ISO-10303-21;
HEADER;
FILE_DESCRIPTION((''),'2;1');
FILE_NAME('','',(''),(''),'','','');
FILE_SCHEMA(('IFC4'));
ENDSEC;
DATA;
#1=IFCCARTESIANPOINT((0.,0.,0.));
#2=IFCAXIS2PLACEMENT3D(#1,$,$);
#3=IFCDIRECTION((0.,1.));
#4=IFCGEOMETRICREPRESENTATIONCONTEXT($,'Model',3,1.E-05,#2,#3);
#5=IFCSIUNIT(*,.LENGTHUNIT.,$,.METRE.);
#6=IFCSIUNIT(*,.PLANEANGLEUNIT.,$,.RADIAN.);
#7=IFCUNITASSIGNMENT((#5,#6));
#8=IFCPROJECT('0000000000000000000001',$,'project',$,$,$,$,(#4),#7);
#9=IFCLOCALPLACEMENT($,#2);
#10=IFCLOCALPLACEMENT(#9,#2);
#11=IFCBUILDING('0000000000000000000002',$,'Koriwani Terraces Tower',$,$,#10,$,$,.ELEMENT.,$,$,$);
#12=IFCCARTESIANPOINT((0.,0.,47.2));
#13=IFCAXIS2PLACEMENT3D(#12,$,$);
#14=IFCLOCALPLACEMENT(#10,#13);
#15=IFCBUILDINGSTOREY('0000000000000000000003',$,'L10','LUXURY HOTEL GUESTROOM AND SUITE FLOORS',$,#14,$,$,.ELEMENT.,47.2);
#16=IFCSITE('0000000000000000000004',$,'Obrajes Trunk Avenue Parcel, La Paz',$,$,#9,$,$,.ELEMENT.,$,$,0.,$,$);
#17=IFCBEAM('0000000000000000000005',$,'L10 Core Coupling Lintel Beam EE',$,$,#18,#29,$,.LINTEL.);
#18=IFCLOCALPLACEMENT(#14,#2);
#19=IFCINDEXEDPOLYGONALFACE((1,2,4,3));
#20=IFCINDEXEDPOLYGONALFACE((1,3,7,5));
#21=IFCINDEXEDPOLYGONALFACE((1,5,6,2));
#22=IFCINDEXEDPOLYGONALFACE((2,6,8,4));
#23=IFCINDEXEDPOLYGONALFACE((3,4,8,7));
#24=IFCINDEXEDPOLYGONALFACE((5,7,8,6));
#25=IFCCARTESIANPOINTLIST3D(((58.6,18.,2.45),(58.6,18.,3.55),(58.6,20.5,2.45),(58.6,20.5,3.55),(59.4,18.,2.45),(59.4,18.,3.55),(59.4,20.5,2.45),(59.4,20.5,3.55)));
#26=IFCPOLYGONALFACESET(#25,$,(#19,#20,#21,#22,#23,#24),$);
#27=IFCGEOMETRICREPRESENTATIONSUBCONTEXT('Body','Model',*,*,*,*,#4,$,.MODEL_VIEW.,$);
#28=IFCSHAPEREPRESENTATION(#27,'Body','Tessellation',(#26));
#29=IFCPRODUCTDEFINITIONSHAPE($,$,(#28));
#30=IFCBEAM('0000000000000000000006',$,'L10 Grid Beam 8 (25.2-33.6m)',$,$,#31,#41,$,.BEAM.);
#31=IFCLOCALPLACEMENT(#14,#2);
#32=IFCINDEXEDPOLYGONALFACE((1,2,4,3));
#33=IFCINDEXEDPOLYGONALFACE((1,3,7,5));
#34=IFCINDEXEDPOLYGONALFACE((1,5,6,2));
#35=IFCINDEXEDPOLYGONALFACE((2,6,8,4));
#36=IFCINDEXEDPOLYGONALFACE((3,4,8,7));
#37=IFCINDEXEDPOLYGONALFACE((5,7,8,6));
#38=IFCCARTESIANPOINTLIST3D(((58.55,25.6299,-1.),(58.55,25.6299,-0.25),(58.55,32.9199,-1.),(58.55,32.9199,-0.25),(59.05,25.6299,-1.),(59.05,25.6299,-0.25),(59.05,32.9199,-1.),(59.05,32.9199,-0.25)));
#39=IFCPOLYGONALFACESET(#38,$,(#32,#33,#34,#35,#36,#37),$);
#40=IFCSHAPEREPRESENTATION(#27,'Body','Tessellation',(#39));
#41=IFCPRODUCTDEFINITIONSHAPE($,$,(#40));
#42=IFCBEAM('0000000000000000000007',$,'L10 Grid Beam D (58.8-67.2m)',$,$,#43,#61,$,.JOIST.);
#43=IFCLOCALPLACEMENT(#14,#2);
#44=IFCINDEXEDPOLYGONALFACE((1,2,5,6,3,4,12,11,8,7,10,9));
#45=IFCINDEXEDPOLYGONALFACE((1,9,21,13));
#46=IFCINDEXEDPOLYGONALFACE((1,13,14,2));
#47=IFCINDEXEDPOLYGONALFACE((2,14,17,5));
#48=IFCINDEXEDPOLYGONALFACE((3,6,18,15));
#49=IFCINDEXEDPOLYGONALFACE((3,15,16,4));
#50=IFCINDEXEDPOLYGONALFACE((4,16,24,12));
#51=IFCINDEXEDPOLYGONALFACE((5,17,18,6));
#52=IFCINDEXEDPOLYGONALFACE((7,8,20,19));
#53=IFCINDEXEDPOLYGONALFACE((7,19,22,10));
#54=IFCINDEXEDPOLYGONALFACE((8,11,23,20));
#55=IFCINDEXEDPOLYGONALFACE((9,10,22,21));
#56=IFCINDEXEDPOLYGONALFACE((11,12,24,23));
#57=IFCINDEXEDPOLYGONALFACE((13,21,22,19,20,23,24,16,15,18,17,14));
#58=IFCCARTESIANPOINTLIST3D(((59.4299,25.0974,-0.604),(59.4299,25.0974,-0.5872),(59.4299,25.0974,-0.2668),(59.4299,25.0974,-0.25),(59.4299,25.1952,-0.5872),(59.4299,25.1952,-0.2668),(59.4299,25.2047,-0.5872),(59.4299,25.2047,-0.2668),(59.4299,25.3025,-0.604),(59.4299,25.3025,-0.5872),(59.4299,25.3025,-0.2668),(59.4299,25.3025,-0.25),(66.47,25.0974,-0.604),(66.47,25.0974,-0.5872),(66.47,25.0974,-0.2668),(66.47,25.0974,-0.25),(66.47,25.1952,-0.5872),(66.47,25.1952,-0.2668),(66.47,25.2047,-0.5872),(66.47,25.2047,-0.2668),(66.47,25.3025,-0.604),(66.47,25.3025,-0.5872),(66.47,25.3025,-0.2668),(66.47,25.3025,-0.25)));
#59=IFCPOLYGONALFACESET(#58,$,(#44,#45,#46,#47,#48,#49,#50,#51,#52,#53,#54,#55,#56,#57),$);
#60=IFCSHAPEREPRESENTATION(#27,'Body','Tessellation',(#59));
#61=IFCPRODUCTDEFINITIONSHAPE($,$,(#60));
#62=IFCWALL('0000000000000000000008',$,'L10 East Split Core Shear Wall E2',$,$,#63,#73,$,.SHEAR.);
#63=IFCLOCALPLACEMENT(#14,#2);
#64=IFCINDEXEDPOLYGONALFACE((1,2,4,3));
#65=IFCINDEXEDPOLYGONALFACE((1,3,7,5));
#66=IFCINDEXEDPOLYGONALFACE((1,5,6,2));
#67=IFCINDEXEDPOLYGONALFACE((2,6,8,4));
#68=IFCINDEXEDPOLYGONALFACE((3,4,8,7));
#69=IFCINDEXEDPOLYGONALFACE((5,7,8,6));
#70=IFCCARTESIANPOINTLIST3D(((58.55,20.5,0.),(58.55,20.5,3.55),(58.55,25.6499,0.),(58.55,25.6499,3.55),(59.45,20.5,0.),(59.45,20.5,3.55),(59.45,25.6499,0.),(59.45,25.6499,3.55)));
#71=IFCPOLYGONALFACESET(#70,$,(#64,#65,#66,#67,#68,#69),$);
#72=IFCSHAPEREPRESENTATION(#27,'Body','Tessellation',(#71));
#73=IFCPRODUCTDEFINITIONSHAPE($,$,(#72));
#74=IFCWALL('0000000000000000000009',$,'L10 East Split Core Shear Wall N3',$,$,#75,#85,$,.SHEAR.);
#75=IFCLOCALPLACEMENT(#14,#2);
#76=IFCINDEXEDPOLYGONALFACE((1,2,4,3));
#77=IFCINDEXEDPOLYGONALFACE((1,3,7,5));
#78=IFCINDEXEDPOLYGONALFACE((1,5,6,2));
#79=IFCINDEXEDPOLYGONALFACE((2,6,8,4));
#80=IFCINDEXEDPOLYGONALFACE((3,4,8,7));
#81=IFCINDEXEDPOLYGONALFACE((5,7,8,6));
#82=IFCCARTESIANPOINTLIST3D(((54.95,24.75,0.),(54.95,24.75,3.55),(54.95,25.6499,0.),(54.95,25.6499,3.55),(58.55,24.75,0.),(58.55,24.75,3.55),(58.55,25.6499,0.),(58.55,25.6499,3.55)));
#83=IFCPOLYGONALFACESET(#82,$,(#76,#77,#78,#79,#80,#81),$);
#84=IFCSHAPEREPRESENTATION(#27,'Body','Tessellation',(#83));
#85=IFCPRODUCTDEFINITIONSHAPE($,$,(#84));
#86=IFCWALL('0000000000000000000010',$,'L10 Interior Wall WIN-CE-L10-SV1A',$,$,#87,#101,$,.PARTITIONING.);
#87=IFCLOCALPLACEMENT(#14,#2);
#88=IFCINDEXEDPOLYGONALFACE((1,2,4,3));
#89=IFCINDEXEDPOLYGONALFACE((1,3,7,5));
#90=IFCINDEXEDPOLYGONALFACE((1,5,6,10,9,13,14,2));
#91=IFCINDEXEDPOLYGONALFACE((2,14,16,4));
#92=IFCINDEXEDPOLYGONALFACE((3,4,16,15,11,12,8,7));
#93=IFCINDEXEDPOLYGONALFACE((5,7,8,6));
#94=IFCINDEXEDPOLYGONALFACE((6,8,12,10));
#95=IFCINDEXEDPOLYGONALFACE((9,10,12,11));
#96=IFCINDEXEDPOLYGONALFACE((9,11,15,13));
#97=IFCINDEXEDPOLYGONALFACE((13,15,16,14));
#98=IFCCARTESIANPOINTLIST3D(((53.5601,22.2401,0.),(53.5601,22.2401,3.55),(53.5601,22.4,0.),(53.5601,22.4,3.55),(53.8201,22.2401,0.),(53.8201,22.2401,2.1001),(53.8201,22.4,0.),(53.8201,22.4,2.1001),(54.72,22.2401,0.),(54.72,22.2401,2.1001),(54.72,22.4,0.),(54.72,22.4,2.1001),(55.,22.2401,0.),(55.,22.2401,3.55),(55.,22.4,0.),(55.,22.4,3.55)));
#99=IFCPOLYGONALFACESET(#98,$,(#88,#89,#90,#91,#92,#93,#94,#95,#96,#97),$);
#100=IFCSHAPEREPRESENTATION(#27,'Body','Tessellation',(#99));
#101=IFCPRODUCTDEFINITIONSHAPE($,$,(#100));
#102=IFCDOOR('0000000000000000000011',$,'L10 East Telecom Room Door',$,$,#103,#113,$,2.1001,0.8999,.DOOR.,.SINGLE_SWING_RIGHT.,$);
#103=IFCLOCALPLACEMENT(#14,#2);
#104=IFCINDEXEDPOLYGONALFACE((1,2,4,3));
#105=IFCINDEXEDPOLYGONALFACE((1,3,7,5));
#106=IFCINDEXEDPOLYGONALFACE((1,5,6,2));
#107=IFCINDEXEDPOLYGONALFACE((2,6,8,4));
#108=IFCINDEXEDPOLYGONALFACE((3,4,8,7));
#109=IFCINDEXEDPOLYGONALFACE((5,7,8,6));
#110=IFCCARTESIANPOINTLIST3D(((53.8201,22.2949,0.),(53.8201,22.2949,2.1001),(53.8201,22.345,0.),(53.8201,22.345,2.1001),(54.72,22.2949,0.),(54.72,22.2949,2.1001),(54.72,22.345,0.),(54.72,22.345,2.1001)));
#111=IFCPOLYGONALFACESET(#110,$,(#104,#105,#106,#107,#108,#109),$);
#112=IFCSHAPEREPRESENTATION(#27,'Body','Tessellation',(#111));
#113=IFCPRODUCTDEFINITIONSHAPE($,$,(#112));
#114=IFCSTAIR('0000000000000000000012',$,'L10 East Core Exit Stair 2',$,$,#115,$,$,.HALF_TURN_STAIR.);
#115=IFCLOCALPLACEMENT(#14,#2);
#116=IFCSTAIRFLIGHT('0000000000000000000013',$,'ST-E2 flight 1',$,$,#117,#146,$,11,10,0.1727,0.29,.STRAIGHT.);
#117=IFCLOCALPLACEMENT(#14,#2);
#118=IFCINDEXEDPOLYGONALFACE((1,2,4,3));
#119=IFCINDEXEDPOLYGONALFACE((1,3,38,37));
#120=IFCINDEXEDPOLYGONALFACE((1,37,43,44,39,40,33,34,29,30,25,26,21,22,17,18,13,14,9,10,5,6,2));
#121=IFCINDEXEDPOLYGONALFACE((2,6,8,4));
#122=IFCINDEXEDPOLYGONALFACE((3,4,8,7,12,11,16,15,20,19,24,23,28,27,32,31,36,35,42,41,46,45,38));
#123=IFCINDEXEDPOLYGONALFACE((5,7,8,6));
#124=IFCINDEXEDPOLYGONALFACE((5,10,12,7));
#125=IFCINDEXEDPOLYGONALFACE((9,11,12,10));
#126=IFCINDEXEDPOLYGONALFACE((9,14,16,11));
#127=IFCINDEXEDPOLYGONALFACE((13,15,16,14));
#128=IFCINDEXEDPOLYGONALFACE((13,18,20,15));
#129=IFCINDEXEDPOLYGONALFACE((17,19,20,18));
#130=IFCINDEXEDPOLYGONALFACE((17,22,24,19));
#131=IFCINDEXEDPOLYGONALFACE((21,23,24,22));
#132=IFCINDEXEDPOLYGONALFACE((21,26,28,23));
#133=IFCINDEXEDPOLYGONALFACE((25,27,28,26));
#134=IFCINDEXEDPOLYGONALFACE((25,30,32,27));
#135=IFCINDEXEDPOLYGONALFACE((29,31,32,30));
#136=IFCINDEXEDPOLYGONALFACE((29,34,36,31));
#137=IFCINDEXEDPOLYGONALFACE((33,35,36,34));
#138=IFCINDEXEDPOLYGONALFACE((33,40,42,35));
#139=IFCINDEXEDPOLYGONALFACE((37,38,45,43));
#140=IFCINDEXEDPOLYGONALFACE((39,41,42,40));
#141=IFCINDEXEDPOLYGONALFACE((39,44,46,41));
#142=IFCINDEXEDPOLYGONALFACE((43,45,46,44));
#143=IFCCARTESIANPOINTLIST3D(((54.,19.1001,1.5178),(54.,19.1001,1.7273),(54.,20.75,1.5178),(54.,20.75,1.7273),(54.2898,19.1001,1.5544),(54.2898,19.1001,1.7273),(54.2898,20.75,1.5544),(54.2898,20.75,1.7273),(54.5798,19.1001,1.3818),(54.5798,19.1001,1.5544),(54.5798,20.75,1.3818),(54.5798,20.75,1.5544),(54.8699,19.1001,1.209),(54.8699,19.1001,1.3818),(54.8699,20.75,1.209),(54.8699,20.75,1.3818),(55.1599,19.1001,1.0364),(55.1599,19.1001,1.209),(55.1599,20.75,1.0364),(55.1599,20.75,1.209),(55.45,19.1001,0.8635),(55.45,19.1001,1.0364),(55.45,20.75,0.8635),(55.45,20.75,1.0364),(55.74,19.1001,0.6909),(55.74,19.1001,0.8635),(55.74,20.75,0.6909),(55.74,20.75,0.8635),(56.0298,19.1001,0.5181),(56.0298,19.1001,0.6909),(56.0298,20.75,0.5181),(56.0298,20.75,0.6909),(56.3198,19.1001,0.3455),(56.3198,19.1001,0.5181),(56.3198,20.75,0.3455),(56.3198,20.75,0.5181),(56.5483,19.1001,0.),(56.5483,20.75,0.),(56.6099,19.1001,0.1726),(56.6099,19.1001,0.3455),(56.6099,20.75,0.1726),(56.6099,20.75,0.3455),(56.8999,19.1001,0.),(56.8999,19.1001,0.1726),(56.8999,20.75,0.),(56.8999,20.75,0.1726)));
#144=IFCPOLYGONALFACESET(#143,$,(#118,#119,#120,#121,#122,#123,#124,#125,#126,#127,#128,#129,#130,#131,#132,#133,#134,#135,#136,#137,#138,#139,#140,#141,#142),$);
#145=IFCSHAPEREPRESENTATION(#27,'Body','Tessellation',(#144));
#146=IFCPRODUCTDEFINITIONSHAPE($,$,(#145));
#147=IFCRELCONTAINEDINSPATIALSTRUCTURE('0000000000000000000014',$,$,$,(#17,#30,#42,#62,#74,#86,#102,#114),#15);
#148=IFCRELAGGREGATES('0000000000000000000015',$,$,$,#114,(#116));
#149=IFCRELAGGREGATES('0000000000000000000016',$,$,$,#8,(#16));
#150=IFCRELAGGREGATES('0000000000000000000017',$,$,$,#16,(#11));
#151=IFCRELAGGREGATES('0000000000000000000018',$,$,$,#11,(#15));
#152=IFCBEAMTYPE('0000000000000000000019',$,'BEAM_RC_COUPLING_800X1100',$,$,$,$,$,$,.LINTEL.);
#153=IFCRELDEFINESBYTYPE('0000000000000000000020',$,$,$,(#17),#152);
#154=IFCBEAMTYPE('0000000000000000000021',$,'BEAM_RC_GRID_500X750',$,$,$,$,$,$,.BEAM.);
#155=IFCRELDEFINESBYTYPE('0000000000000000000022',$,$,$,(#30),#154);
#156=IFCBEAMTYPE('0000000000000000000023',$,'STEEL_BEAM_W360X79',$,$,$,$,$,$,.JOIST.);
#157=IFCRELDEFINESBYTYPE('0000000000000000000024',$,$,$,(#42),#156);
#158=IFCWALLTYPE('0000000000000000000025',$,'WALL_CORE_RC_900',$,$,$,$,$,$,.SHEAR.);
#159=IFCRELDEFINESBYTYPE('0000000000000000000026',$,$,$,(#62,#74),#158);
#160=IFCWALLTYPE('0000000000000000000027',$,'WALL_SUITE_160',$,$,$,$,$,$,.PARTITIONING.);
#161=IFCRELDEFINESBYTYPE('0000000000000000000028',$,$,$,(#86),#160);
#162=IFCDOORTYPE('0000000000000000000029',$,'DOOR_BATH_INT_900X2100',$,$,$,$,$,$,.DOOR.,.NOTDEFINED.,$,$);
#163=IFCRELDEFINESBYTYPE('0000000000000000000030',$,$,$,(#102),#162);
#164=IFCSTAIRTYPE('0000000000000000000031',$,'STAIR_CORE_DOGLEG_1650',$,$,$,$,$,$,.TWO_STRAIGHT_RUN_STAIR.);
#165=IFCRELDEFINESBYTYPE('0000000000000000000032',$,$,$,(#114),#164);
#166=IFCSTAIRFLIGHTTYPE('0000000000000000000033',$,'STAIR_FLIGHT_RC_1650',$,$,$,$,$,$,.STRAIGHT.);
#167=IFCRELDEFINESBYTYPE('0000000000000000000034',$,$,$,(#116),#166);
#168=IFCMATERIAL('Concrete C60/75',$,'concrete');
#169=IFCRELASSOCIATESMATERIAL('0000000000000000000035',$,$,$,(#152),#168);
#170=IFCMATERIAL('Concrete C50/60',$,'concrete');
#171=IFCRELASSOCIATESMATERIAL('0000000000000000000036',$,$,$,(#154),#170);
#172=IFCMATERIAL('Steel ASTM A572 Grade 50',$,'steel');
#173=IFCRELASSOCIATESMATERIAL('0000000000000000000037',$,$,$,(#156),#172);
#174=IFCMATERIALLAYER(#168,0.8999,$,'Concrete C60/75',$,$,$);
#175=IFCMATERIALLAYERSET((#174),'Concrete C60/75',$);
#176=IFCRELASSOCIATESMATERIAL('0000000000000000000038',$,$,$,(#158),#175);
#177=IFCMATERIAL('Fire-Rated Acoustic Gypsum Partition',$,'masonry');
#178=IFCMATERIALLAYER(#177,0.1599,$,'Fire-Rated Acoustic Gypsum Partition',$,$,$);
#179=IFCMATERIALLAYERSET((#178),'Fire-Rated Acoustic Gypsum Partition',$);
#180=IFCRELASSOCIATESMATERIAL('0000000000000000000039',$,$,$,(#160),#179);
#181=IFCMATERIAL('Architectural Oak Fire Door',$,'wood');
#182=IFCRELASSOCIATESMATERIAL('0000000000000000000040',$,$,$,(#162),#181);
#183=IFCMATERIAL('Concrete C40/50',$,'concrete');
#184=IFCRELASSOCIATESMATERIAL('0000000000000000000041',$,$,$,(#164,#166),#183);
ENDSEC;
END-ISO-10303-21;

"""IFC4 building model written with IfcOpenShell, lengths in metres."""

from ifc_helpers import new_model, si_unit, direction, frame, frame_2d, origin, origin_2d, place, context, subcontext, project, spatial, polyline, rectangle, i_section, outline, extrude, material, layer, layer_set, material_profile, profile_set, type_object, element, fill, aggregate, save


model = new_model("IFC4")

# Units and contexts
model_context = context("Model", 3, precision=1e-05, world=origin(), true_north=direction((0.0, 1.0)))
body_context = subcontext(model_context, "Body", "Model", "MODEL_VIEW")
ifc_project = project(units=[si_unit("LENGTHUNIT", "METRE"), si_unit("PLANEANGLEUNIT", "RADIAN")], contexts=[model_context])

# Site, building, storey
site_placement = place(None, origin())
site = spatial("IfcSite", under=ifc_project, at=site_placement, Name="Obrajes Trunk Avenue Parcel, La Paz", CompositionType="ELEMENT", RefElevation=0.0)
building_placement = place(site_placement, origin())
building = spatial("IfcBuilding", under=site, at=building_placement, Name="Koriwani Terraces Tower", CompositionType="ELEMENT")
storey_placement = place(building_placement, frame((0.0, 0.0, 47.2)))
storey = spatial("IfcBuildingStorey", under=building, at=storey_placement, Name="L10", Description="LUXURY HOTEL GUESTROOM AND SUITE FLOORS", CompositionType="ELEMENT", Elevation=47.2)

# Beams
ifc_material_1 = material(Name="Concrete C60/75", Category="concrete")
ifc_material_profile_1 = material_profile(ifc_material_1, rectangle(XDim=0.8, YDim=1.1001, at=origin_2d()), Name="Concrete C60/75", Category="LoadBearing")
ifc_profile_set_1 = profile_set([ifc_material_profile_1], Name="Concrete C60/75")
beam_type_1 = type_object("IfcBeamType", Name="BEAM_RC_COUPLING_800X1100", PredefinedType="LINTEL", material=ifc_profile_set_1)
beam_1_placement = place(storey_placement, frame((59.0, 18.0, 3.0), z_axis=(0.0, 1.0, 0.0), x_axis=(-1.0, 0.0, 0.0)))
element("IfcBeam", 1, at=beam_1_placement, inside=storey, type_object=beam_type_1, Name="L10 Core Coupling Lintel Beam EE", PredefinedType="LINTEL", context=body_context, shape_type="SweptSolid", body=[
    extrude(rectangle(XDim=0.8, YDim=1.1001, at=origin_2d()), origin(), (0.0, 0.0, 1.0), 2.5),
])
ifc_material_2 = material(Name="Concrete C50/60", Category="concrete")
ifc_material_profile_2 = material_profile(ifc_material_2, rectangle(XDim=0.5, YDim=0.75, at=origin_2d()), Name="Concrete C50/60", Category="LoadBearing")
ifc_profile_set_2 = profile_set([ifc_material_profile_2], Name="Concrete C50/60")
beam_type_2 = type_object("IfcBeamType", Name="BEAM_RC_GRID_500X750", PredefinedType="BEAM", material=ifc_profile_set_2)
beam_2_placement = place(storey_placement, frame((58.8, 25.6299, -0.625), z_axis=(0.0, 1.0, 0.0), x_axis=(-1.0, 0.0, 0.0)))
element("IfcBeam", 2, at=beam_2_placement, inside=storey, type_object=beam_type_2, Name="L10 Grid Beam 8 (25.2-33.6m)", PredefinedType="BEAM", context=body_context, shape_type="SweptSolid", body=[
    extrude(rectangle(XDim=0.5, YDim=0.75, at=origin_2d()), origin(), (0.0, 0.0, 1.0), 7.29),
])
ifc_material_3 = material(Name="Steel ASTM A572 Grade 50", Category="steel")
ifc_material_profile_3 = material_profile(ifc_material_3, i_section(OverallWidth=0.2051, OverallDepth=0.354, WebThickness=0.0095, FlangeThickness=0.0168, at=origin_2d()), Name="Steel ASTM A572 Grade 50", Category="LoadBearing")
ifc_profile_set_3 = profile_set([ifc_material_profile_3], Name="Steel ASTM A572 Grade 50")
beam_type_3 = type_object("IfcBeamType", Name="STEEL_BEAM_W360X79", PredefinedType="JOIST", material=ifc_profile_set_3)
beam_3_placement = place(storey_placement, frame((59.4299, 25.2, -0.427), z_axis=(1.0, 0.0, 0.0), x_axis=(0.0, 1.0, 0.0)))
element("IfcBeam", 3, at=beam_3_placement, inside=storey, type_object=beam_type_3, Name="L10 Grid Beam D (58.8-67.2m)", PredefinedType="JOIST", context=body_context, shape_type="SweptSolid", body=[
    extrude(i_section(OverallWidth=0.2051, OverallDepth=0.354, WebThickness=0.0095, FlangeThickness=0.0168, at=origin_2d()), origin(), (0.0, 0.0, 1.0), 7.04),
])

# Walls
ifc_layer_1 = layer(ifc_material_1, 0.8999, Name="Concrete C60/75")
ifc_layer_set_1 = layer_set([ifc_layer_1], Name="Concrete C60/75")
wall_type_1 = type_object("IfcWallType", Name="WALL_CORE_RC_900", PredefinedType="SHEAR", material=ifc_layer_set_1)
wall_1_placement = place(storey_placement, frame((59.0, 20.5, 0.0), z_axis=(0.0, 0.0, 1.0), x_axis=(0.0, 1.0, 0.0)))
element("IfcWall", 4, at=wall_1_placement, inside=storey, type_object=wall_type_1, Name="L10 East Split Core Shear Wall E2", PredefinedType="SHEAR", context=body_context, shape_type="SweptSolid", body=[
    extrude(rectangle(XDim=5.1499, YDim=0.8999, at=frame_2d((2.575, 0.0))), origin(), (0.0, 0.0, 1.0), 3.55),
])
wall_2_placement = place(storey_placement, frame((54.95, 25.2, 0.0), z_axis=(0.0, 0.0, 1.0), x_axis=(1.0, 0.0, 0.0)))
element("IfcWall", 5, at=wall_2_placement, inside=storey, type_object=wall_type_1, Name="L10 East Split Core Shear Wall N3", PredefinedType="SHEAR", context=body_context, shape_type="SweptSolid", body=[
    extrude(rectangle(XDim=3.6001, YDim=0.8999, at=frame_2d((1.8, 0.0))), origin(), (0.0, 0.0, 1.0), 3.55),
])

# Wall, opening, door
ifc_material_4 = material(Name="Concrete C40/50", Category="concrete")
ifc_material_5 = material(Name="Fire-Rated Acoustic Gypsum Partition", Category="masonry")
ifc_layer_2 = layer(ifc_material_5, 0.1599, Name="Fire-Rated Acoustic Gypsum Partition")
ifc_layer_set_2 = layer_set([ifc_layer_2], Name="Fire-Rated Acoustic Gypsum Partition")
wall_type_2 = type_object("IfcWallType", Name="WALL_SUITE_160", PredefinedType="PARTITIONING", material=ifc_layer_set_2)
wall_3_placement = place(storey_placement, frame((53.5601, 22.3201, 0.0), z_axis=(0.0, 0.0, 1.0), x_axis=(1.0, 0.0, 0.0)))
wall_3 = element("IfcWall", 6, at=wall_3_placement, inside=storey, type_object=wall_type_2, Name="L10 Interior Wall WIN-CE-L10-SV1A", PredefinedType="PARTITIONING", context=body_context, shape_type="SweptSolid", body=[
    extrude(rectangle(XDim=1.4399, YDim=0.1599, at=frame_2d((0.72, 0.0))), origin(), (0.0, 0.0, 1.0), 3.55),
])
opening_1_placement = place(wall_3_placement, frame((0.26, 0.0, 0.0)))
opening_1 = element("IfcOpeningElement", 7, at=opening_1_placement, cuts=wall_3, PredefinedType="OPENING", context=body_context, shape_type="SweptSolid", body=[
    extrude(rectangle(XDim=0.8999, YDim=2.1001, at=frame_2d((0.45, 1.05))), frame((0.0, 0.0898, 0.0), z_axis=(0.0, -1.0, 0.0), x_axis=(1.0, 0.0, 0.0)), (0.0, 0.0, 1.0), 0.1799),
])
ifc_material_6 = material(Name="Architectural Oak Fire Door", Category="wood")
door_type_1 = type_object("IfcDoorType", Name="DOOR_BATH_INT_900X2100", OperationType="NOTDEFINED", PredefinedType="DOOR", material=ifc_material_6)
door_1_placement = place(opening_1_placement, origin())
door_1 = element("IfcDoor", 8, at=door_1_placement, inside=storey, type_object=door_type_1, Name="L10 East Telecom Room Door", OperationType="SINGLE_SWING_RIGHT", OverallHeight=2.1001, OverallWidth=0.8999, PredefinedType="DOOR", context=body_context, shape_type="SweptSolid", body=[
    extrude(rectangle(XDim=0.8999, YDim=2.1001, at=frame_2d((0.45, 1.05))), frame((0.0, 0.0249, 0.0), z_axis=(0.0, -1.0, 0.0), x_axis=(1.0, 0.0, 0.0)), (0.0, 0.0, 1.0), 0.05),
])
fill(opening_1, door_1)

# Stair, stair flight
stair_type = type_object("IfcStairType", Name="STAIR_CORE_DOGLEG_1650", PredefinedType="TWO_STRAIGHT_RUN_STAIR", material=ifc_material_4)
stair_placement = place(storey_placement, origin())
stair = element("IfcStair", 9, at=stair_placement, inside=storey, type_object=stair_type, Name="L10 East Core Exit Stair 2", PredefinedType="HALF_TURN_STAIR")
stair_flight_type = type_object("IfcStairFlightType", Name="STAIR_FLIGHT_RC_1650", PredefinedType="STRAIGHT", material=ifc_material_4)
stair_flight_1_placement = place(storey_placement, frame((56.8999, 19.925, 0.0), z_axis=(0.0, 0.0, 1.0), x_axis=(-1.0, 0.0, 0.0)))
stair_flight_1 = element("IfcStairFlight", 10, at=stair_flight_1_placement, type_object=stair_flight_type, Name="ST-E2 flight 1", NumberOfRisers=11, NumberOfTreads=10, PredefinedType="STRAIGHT", RiserHeight=0.1727, TreadLength=0.29, context=body_context, shape_type="SweptSolid", body=[
    extrude(outline(polyline([(0.0, 0.0), (0.0, 0.1726), (0.29, 0.1726), (0.29, 0.3455), (0.5801, 0.3455), (0.5801, 0.5181), (0.8701, 0.5181), (0.8701, 0.6909), (1.1599, 0.6909), (1.1599, 0.8635), (1.45, 0.8635), (1.45, 1.0364), (1.74, 1.0364), (1.74, 1.209), (2.03, 1.209), (2.03, 1.3818), (2.3201, 1.3818), (2.3201, 1.5544), (2.6101, 1.5544), (2.6101, 1.7273), (2.8999, 1.7273), (2.8999, 1.8999), (2.8999, 1.5178), (0.3516, 0.0), (0.0, 0.0)])), frame((0.0, 0.825, 0.0), z_axis=(0.0, -1.0, 0.0), x_axis=(1.0, 0.0, 0.0)), (0.0, 0.0, 1.0), 1.6499),
])
aggregate(stair, [stair_flight_1])

save(model, "model.ifc")
